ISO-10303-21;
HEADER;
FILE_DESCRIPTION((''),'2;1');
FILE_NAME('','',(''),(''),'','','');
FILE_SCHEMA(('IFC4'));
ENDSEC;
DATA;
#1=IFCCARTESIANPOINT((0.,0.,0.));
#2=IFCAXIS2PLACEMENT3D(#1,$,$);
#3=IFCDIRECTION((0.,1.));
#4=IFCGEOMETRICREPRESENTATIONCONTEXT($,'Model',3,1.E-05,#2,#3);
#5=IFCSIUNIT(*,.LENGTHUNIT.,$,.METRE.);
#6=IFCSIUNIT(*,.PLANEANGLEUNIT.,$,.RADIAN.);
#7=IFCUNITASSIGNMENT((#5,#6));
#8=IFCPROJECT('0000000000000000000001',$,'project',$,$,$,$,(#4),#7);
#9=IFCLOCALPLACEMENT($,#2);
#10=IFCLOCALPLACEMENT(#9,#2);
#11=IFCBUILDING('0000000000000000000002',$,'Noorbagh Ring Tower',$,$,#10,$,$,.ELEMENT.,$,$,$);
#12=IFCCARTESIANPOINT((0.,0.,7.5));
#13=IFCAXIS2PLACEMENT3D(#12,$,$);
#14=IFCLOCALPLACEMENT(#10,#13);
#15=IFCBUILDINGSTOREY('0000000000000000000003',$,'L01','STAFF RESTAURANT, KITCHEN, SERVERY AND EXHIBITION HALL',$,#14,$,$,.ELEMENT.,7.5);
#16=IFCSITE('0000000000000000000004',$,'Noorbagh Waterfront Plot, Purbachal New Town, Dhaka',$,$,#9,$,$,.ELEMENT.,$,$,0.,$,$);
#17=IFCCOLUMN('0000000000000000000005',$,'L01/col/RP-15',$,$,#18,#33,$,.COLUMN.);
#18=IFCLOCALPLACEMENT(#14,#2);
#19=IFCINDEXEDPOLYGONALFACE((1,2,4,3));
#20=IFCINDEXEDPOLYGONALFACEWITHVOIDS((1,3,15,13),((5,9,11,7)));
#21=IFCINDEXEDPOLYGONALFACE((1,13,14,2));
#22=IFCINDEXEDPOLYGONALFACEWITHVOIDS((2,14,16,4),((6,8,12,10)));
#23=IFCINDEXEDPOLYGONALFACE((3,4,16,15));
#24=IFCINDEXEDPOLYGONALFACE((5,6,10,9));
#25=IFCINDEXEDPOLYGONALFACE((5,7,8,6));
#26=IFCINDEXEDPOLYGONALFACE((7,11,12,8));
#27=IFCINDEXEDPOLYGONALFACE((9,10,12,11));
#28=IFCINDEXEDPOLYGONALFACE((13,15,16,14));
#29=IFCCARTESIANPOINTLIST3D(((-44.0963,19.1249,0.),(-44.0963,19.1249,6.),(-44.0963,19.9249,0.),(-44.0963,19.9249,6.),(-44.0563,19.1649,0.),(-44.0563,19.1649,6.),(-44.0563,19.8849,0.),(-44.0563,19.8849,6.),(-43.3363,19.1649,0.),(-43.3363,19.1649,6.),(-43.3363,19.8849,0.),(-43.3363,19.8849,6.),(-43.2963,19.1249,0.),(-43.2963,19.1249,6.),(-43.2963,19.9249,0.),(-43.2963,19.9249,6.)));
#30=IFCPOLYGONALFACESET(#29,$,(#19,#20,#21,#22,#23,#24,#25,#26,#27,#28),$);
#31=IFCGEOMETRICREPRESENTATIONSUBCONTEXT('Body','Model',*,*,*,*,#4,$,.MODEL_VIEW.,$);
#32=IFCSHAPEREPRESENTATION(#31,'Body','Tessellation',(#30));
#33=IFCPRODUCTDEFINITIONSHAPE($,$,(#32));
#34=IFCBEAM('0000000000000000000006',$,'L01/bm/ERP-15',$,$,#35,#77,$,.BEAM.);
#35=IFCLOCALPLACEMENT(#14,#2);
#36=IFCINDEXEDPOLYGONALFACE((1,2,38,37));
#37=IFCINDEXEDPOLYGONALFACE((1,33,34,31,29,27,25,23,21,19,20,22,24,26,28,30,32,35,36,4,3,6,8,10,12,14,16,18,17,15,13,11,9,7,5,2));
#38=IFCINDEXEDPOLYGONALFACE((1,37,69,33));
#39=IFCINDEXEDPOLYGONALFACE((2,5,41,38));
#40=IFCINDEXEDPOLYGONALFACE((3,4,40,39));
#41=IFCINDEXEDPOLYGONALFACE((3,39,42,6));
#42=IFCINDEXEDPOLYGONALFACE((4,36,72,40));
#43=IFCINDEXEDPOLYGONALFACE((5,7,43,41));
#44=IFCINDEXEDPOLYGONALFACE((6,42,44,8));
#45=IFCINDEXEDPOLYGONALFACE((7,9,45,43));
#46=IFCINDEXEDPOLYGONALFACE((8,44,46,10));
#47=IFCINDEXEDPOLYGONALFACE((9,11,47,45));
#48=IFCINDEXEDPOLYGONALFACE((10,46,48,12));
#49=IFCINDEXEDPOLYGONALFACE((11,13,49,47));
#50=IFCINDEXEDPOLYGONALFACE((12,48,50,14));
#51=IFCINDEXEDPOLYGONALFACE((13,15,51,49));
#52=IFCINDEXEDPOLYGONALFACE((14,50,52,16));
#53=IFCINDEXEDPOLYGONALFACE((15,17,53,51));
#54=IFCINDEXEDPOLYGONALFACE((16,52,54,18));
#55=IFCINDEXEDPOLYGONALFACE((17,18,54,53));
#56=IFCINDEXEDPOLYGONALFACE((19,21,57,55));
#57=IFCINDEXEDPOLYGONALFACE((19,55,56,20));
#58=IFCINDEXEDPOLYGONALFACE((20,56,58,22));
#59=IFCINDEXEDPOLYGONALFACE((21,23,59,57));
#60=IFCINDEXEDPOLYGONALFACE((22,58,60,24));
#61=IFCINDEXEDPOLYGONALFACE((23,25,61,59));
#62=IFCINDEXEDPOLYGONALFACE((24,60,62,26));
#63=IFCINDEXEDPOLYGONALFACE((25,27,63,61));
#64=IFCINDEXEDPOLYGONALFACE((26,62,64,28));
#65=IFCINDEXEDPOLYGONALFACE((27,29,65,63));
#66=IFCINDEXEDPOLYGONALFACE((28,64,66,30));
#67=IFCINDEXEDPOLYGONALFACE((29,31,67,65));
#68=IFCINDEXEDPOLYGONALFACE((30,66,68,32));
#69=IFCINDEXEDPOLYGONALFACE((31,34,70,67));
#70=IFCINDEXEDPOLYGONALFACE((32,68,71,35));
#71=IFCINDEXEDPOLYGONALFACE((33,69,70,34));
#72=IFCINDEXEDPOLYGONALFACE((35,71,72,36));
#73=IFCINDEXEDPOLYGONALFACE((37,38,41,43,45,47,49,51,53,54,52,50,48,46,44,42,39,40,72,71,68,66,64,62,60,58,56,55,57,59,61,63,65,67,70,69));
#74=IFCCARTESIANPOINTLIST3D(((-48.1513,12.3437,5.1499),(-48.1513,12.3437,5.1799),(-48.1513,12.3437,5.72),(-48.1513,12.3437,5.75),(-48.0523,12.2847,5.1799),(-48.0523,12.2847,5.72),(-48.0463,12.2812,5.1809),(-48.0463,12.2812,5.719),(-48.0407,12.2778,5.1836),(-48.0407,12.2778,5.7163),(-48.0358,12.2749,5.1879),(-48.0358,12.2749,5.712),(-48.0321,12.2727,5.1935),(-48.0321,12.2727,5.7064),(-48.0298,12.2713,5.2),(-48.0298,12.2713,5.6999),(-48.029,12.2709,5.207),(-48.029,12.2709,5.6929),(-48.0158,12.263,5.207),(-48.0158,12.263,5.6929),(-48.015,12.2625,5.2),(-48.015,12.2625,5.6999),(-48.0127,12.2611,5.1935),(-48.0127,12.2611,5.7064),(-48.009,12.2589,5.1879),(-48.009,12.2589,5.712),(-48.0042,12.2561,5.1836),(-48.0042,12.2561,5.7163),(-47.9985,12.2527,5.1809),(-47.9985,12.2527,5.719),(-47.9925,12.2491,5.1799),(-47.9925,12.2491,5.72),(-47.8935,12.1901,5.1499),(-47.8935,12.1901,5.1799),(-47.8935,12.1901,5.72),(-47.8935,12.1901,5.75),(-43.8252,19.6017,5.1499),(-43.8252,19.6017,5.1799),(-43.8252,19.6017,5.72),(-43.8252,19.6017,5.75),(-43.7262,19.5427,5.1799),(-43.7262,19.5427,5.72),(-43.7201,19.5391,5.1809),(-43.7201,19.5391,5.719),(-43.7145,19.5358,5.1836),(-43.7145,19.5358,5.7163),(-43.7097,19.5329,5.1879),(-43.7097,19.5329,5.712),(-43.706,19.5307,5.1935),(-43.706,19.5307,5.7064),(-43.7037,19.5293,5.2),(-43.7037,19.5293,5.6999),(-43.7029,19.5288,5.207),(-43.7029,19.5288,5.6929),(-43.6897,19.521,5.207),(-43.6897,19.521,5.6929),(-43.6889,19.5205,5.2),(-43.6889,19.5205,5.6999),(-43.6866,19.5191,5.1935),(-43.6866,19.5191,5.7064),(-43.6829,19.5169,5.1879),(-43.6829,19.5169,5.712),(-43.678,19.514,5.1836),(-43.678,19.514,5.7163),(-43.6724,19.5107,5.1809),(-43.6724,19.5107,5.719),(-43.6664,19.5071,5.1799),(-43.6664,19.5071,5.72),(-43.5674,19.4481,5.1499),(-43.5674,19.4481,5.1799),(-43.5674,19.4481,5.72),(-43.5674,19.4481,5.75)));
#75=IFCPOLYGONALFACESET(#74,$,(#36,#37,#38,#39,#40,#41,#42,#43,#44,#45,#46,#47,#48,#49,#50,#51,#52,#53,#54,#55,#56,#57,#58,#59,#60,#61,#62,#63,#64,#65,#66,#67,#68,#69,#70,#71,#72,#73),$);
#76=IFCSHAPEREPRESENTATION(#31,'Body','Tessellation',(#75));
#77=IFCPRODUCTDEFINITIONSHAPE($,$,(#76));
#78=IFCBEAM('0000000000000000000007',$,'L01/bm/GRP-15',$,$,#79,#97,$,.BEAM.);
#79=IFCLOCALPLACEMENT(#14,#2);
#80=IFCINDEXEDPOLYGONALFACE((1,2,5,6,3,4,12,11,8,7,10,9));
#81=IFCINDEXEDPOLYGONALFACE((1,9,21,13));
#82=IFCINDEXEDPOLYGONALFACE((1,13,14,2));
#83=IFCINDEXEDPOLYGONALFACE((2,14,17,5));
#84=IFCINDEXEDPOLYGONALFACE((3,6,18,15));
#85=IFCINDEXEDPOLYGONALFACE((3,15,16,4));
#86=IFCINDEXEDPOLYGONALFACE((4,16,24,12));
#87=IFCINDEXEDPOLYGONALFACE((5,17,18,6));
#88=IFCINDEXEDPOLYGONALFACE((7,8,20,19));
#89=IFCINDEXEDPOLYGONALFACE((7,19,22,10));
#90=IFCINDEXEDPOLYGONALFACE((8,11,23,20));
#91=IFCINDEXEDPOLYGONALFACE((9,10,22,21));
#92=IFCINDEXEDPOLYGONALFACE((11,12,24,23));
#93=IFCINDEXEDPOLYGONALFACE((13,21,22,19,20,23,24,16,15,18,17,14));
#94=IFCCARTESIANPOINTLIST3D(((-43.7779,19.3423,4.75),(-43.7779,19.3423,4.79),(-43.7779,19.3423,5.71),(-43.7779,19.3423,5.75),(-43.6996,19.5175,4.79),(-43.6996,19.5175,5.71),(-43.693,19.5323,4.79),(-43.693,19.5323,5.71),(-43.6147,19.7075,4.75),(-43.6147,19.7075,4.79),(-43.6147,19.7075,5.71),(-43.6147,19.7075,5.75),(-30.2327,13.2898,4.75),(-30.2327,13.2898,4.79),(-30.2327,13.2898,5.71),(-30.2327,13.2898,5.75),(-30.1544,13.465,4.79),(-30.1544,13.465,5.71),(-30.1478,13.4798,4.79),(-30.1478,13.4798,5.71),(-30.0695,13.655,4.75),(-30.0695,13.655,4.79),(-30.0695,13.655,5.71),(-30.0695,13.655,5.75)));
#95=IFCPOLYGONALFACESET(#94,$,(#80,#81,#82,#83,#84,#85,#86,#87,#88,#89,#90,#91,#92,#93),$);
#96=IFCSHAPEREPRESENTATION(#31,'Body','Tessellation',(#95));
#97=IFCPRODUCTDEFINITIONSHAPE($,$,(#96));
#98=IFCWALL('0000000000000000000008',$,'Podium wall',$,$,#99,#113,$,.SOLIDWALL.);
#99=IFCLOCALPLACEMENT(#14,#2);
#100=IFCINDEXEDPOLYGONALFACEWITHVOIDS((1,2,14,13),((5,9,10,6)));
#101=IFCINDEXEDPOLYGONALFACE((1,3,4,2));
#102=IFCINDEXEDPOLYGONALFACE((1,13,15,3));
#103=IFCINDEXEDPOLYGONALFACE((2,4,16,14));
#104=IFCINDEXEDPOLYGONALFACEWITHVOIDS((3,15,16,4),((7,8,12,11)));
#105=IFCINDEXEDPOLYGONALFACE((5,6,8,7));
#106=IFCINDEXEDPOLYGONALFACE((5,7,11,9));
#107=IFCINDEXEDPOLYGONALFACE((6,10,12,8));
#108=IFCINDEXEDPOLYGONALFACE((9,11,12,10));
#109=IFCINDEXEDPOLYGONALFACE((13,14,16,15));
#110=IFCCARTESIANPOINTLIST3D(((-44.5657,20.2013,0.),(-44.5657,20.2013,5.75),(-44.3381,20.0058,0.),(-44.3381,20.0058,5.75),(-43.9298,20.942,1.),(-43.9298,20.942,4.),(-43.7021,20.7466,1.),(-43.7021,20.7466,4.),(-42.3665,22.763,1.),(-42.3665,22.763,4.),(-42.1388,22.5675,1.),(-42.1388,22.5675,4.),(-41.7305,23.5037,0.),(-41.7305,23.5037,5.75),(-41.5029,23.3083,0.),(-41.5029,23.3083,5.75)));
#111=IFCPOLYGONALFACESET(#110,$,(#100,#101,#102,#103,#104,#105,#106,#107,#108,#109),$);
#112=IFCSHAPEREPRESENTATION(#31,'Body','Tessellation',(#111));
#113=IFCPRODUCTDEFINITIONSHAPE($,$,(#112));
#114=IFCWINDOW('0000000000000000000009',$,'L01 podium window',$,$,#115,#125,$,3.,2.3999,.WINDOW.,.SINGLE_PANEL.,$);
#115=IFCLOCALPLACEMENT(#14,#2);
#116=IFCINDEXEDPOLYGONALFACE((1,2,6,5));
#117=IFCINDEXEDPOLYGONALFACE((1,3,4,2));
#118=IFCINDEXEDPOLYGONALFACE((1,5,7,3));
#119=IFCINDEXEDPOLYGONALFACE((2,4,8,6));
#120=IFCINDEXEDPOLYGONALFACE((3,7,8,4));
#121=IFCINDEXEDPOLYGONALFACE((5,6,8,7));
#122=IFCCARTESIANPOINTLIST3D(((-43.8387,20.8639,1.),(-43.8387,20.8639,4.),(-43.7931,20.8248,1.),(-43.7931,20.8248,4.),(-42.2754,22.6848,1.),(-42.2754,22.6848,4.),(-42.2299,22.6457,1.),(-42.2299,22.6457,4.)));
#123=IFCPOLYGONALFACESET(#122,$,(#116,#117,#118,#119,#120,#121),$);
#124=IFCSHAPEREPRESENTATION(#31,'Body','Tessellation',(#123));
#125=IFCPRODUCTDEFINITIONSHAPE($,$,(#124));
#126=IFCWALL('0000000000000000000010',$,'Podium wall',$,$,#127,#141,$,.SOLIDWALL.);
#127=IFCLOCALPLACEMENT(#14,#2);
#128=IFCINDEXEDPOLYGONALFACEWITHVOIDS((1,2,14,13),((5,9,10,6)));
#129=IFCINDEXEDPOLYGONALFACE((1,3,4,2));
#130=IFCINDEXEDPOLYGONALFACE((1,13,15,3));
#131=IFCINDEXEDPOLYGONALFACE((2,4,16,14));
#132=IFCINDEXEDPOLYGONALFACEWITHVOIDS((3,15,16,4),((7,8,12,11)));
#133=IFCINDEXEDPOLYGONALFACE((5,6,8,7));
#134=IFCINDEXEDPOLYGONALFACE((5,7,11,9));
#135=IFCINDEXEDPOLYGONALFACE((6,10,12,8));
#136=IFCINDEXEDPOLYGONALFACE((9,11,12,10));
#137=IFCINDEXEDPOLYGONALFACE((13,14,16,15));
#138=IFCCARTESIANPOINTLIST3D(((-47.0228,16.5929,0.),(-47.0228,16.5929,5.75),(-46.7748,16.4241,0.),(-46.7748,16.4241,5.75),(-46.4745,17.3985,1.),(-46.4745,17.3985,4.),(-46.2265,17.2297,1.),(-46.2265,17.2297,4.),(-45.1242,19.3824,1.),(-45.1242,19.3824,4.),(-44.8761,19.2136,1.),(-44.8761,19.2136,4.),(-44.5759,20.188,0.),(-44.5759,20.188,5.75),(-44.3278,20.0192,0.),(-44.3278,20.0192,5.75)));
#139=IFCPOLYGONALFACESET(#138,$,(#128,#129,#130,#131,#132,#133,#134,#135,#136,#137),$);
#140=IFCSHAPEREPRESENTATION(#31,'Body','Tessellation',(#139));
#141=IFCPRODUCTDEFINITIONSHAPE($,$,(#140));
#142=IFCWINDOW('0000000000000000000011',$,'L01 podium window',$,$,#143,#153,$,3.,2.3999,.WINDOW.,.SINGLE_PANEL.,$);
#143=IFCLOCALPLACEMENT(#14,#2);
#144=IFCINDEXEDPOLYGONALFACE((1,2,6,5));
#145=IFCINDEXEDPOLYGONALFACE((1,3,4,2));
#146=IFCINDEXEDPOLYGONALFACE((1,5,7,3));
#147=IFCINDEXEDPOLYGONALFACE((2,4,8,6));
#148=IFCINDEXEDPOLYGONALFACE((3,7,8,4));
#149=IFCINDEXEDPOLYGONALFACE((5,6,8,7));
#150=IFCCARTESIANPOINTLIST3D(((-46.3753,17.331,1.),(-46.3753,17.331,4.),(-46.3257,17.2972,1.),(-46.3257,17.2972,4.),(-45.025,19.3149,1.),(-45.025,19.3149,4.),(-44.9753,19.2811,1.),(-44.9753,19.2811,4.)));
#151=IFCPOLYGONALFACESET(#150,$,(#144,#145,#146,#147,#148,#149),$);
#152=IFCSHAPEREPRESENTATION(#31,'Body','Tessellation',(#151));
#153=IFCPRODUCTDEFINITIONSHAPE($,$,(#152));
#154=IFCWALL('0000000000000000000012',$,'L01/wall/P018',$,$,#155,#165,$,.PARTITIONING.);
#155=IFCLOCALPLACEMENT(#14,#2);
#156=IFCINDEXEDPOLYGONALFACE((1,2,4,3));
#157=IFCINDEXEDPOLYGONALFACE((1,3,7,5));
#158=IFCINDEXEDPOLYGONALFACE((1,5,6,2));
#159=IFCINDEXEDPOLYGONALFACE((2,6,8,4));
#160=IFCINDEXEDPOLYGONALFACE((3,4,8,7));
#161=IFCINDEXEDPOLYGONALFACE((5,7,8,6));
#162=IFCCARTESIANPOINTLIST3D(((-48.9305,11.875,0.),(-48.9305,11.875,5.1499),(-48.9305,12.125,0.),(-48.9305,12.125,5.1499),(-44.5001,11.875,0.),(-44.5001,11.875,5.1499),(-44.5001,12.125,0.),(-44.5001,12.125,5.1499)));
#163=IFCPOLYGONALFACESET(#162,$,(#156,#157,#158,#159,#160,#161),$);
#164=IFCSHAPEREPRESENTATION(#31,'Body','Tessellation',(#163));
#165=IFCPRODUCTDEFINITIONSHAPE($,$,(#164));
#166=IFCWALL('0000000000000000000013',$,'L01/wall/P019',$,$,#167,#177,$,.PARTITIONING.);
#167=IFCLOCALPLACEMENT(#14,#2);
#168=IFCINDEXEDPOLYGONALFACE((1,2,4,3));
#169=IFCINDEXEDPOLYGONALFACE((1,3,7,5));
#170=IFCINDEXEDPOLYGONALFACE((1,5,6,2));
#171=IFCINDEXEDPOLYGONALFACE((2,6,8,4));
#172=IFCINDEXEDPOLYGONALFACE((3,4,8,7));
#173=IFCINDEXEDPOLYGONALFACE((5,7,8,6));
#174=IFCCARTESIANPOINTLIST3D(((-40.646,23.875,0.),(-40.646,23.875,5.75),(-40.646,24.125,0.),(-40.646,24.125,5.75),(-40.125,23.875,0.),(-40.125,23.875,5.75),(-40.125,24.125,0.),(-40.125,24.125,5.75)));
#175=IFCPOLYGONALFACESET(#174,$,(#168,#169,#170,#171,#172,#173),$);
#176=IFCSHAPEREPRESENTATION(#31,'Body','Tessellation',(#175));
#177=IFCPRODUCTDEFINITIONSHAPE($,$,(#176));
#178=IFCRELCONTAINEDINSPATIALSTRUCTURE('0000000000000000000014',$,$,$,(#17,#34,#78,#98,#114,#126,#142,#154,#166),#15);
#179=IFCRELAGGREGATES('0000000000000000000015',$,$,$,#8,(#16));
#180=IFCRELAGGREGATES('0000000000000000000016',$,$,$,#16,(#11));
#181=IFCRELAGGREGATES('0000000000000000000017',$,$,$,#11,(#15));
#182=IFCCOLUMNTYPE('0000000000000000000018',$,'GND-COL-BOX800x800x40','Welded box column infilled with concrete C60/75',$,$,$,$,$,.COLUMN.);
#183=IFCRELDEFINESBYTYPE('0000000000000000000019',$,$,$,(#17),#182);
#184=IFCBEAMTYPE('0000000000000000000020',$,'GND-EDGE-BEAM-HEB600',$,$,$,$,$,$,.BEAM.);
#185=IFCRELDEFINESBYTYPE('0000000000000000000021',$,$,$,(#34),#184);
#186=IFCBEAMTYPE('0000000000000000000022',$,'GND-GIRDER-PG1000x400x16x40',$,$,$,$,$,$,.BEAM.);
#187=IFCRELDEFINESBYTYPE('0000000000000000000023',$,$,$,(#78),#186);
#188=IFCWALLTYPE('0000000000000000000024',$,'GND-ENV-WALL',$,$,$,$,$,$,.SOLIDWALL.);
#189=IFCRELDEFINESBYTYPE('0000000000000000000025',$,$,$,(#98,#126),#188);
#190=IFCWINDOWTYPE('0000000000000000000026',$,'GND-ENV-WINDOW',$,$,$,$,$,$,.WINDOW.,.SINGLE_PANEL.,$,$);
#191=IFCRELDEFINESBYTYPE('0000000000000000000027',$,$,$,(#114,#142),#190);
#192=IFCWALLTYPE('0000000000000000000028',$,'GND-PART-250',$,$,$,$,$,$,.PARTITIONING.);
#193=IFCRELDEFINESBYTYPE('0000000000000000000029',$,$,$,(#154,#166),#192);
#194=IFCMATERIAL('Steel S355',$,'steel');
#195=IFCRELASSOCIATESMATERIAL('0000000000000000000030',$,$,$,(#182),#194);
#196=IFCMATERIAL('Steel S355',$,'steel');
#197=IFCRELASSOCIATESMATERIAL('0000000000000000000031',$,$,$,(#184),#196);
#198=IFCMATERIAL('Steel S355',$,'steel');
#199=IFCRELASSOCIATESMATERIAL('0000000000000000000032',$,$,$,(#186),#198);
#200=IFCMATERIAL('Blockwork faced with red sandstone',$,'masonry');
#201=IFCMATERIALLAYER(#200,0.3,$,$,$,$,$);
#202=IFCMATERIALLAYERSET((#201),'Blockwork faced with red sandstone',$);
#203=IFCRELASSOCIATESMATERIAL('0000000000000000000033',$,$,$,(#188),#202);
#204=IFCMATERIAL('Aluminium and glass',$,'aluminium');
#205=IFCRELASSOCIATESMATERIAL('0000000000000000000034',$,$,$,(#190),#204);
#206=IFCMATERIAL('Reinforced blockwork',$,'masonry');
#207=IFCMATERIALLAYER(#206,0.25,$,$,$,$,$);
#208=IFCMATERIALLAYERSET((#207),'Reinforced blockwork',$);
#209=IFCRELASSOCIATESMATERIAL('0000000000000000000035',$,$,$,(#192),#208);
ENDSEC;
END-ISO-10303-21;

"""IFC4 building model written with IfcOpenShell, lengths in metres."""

from ifc_helpers import new_model, si_unit, direction, frame, frame_2d, origin, origin_2d, place, context, subcontext, project, spatial, rectangle, hollow_rectangle, i_section, extrude, material, layer, layer_set, material_profile, profile_set, type_object, element, fill, save


model = new_model("IFC4")

# Units and contexts
model_context = context("Model", 3, precision=1e-05, world=origin(), true_north=direction((0.0, 1.0)))
body_context = subcontext(model_context, "Body", "Model", "MODEL_VIEW")
ifc_project = project(units=[si_unit("LENGTHUNIT", "METRE"), si_unit("PLANEANGLEUNIT", "RADIAN")], contexts=[model_context])

# Site, building, storey
site_placement = place(None, origin())
site = spatial("IfcSite", under=ifc_project, at=site_placement, Name="Noorbagh Waterfront Plot, Purbachal New Town, Dhaka", CompositionType="ELEMENT", RefElevation=0.0)
building_placement = place(site_placement, origin())
building = spatial("IfcBuilding", under=site, at=building_placement, Name="Noorbagh Ring Tower", CompositionType="ELEMENT")
storey_placement = place(building_placement, frame((0.0, 0.0, 7.5)))
storey = spatial("IfcBuildingStorey", under=building, at=storey_placement, Name="L01", Description="STAFF RESTAURANT, KITCHEN, SERVERY AND EXHIBITION HALL", CompositionType="ELEMENT", Elevation=7.5)

# Column
ifc_material_1 = material(Name="Steel S355", Category="steel")
ifc_material_profile_1 = material_profile(ifc_material_1, hollow_rectangle(XDim=0.8, YDim=0.8, WallThickness=0.04, at=origin_2d()), Name="BOX800x800x40")
ifc_profile_set_1 = profile_set([ifc_material_profile_1], Name="Steel S355")
column_type = type_object("IfcColumnType", Name="GND-COL-BOX800x800x40", Description="Welded box column infilled with concrete C60/75", PredefinedType="COLUMN", material=ifc_profile_set_1)
column_placement = place(storey_placement, frame((-43.6963, 19.5249, 0.0), z_axis=(0.0, 0.0, 1.0), x_axis=(1.0, 0.0, 0.0)))
element("IfcColumn", 1, at=column_placement, inside=storey, type_object=column_type, Name="L01/col/RP-15", PredefinedType="COLUMN", context=body_context, shape_type="SweptSolid", body=[
    extrude(hollow_rectangle(XDim=0.8, YDim=0.8, WallThickness=0.04, at=origin_2d()), origin(), (0.0, 0.0, 1.0), 6.0),
])

# Beams
ifc_material_2 = material(Name="Steel S355", Category="steel")
ifc_material_profile_2 = material_profile(ifc_material_2, i_section(OverallWidth=0.3, OverallDepth=0.6001, WebThickness=0.0154, FlangeThickness=0.03, FilletRadius=0.0271, at=origin_2d()), Name="HEB600")
ifc_profile_set_2 = profile_set([ifc_material_profile_2], Name="Steel S355")
beam_type_1 = type_object("IfcBeamType", Name="GND-EDGE-BEAM-HEB600", PredefinedType="BEAM", material=ifc_profile_set_2)
beam_1_placement = place(storey_placement, frame((-43.6963, 19.5249, 5.45), z_axis=(-0.511999, -0.858986, 0.0), x_axis=(0.858986, -0.511999, 0.0)))
element("IfcBeam", 2, at=beam_1_placement, inside=storey, type_object=beam_type_1, Name="L01/bm/ERP-15", PredefinedType="BEAM", context=body_context, shape_type="SweptSolid", body=[
    extrude(i_section(OverallWidth=0.3, OverallDepth=0.6001, WebThickness=0.0154, FlangeThickness=0.03, FilletRadius=0.0271, at=origin_2d()), origin(), (0.0, 0.0, 1.0), 8.4495),
])
ifc_material_3 = material(Name="Steel S355", Category="steel")
ifc_material_profile_3 = material_profile(ifc_material_3, i_section(OverallWidth=0.3999, OverallDepth=1.0, WebThickness=0.0161, FlangeThickness=0.04, at=origin_2d()), Name="PG1000x400x16x40")
ifc_profile_set_3 = profile_set([ifc_material_profile_3], Name="Steel S355")
beam_type_2 = type_object("IfcBeamType", Name="GND-GIRDER-PG1000x400x16x40", PredefinedType="BEAM", material=ifc_profile_set_3)
beam_2_placement = place(storey_placement, frame((-43.6963, 19.5249, 5.25), z_axis=(0.912999, -0.407962, 0.0), x_axis=(0.407962, 0.912999, 0.0)))
element("IfcBeam", 3, at=beam_2_placement, inside=storey, type_object=beam_type_2, Name="L01/bm/GRP-15", PredefinedType="BEAM", context=body_context, shape_type="SweptSolid", body=[
    extrude(i_section(OverallWidth=0.3999, OverallDepth=1.0, WebThickness=0.0161, FlangeThickness=0.04, at=origin_2d()), origin(), (0.0, 0.0, 1.0), 14.8359),
])

# Walls, openings, windows
ifc_material_4 = material(Name="Blockwork faced with red sandstone", Category="masonry")
ifc_layer_1 = layer(ifc_material_4, 0.3)
ifc_layer_set_1 = layer_set([ifc_layer_1], Name="Blockwork faced with red sandstone")
wall_type_1 = type_object("IfcWallType", Name="GND-ENV-WALL", PredefinedType="SOLIDWALL", material=ifc_layer_set_1)
wall_1_placement = place(storey_placement, frame((-41.6167, 23.406, 0.0), z_axis=(0.0, 0.0, 1.0), x_axis=(-0.651387, -0.758746, 0.0)))
wall_1 = element("IfcWall", 4, at=wall_1_placement, inside=storey, type_object=wall_type_1, Name="Podium wall", PredefinedType="SOLIDWALL", context=body_context, shape_type="SweptSolid", body=[
    extrude(rectangle(XDim=4.3525, YDim=0.3, at=frame_2d((2.1763, 0.0))), origin(), (0.0, 0.0, 1.0), 5.75),
])
opening_1_placement = place(wall_1_placement, frame((0.9763, 0.0, 1.0)))
opening_1 = element("IfcOpeningElement", 5, at=opening_1_placement, cuts=wall_1, PredefinedType="OPENING", context=body_context, shape_type="SweptSolid", body=[
    extrude(rectangle(XDim=2.3999, YDim=3.0, at=frame_2d((1.2, 1.5))), frame((0.0, 0.1602, 0.0), z_axis=(0.0, -1.0, 0.0), x_axis=(1.0, 0.0, 0.0)), (0.0, 0.0, 1.0), 0.3201),
])
ifc_material_5 = material(Name="Aluminium and glass", Category="aluminium")
window_type = type_object("IfcWindowType", Name="GND-ENV-WINDOW", PartitioningType="SINGLE_PANEL", PredefinedType="WINDOW", material=ifc_material_5)
window_1_placement = place(opening_1_placement, origin())
window_1 = element("IfcWindow", 6, at=window_1_placement, inside=storey, type_object=window_type, Name="L01 podium window", OverallHeight=3.0, OverallWidth=2.3999, PartitioningType="SINGLE_PANEL", PredefinedType="WINDOW", context=body_context, shape_type="SweptSolid", body=[
    extrude(rectangle(XDim=2.3999, YDim=3.0, at=frame_2d((1.2, 1.5))), frame((0.0, 0.03, 0.0), z_axis=(0.0, -1.0, 0.0), x_axis=(1.0, 0.0, 0.0)), (0.0, 0.0, 1.0), 0.0601),
])
fill(opening_1, window_1)
wall_2_placement = place(storey_placement, frame((-44.4519, 20.1035, 0.0), z_axis=(0.0, 0.0, 1.0), x_axis=(-0.562668, -0.826683, 0.0)))
wall_2 = element("IfcWall", 7, at=wall_2_placement, inside=storey, type_object=wall_type_1, Name="Podium wall", PredefinedType="SOLIDWALL", context=body_context, shape_type="SweptSolid", body=[
    extrude(rectangle(XDim=4.3489, YDim=0.3, at=frame_2d((2.1743, 0.0))), origin(), (0.0, 0.0, 1.0), 5.75),
])
opening_2_placement = place(wall_2_placement, frame((0.9744, 0.0, 1.0)))
opening_2 = element("IfcOpeningElement", 8, at=opening_2_placement, cuts=wall_2, PredefinedType="OPENING", context=body_context, shape_type="SweptSolid", body=[
    extrude(rectangle(XDim=2.3999, YDim=3.0, at=frame_2d((1.2, 1.5))), frame((0.0, 0.1602, 0.0), z_axis=(0.0, -1.0, 0.0), x_axis=(1.0, 0.0, 0.0)), (0.0, 0.0, 1.0), 0.3201),
])
window_2_placement = place(opening_2_placement, origin())
window_2 = element("IfcWindow", 9, at=window_2_placement, inside=storey, type_object=window_type, Name="L01 podium window", OverallHeight=3.0, OverallWidth=2.3999, PartitioningType="SINGLE_PANEL", PredefinedType="WINDOW", context=body_context, shape_type="SweptSolid", body=[
    extrude(rectangle(XDim=2.3999, YDim=3.0, at=frame_2d((1.2, 1.5))), frame((0.0, 0.03, 0.0), z_axis=(0.0, -1.0, 0.0), x_axis=(1.0, 0.0, 0.0)), (0.0, 0.0, 1.0), 0.0601),
])
fill(opening_2, window_2)

# Walls
ifc_material_6 = material(Name="Reinforced blockwork", Category="masonry")
ifc_layer_2 = layer(ifc_material_6, 0.25)
ifc_layer_set_2 = layer_set([ifc_layer_2], Name="Reinforced blockwork")
wall_type_2 = type_object("IfcWallType", Name="GND-PART-250", PredefinedType="PARTITIONING", material=ifc_layer_set_2)
wall_3_placement = place(storey_placement, frame((-44.5, 12.0, 0.0), z_axis=(0.0, 0.0, 1.0), x_axis=(-1.0, 0.0, 0.0)))
element("IfcWall", 10, at=wall_3_placement, inside=storey, type_object=wall_type_2, Name="L01/wall/P018", PredefinedType="PARTITIONING", context=body_context, shape_type="SweptSolid", body=[
    extrude(rectangle(XDim=4.4304, YDim=0.25, at=frame_2d((2.2153, 0.0))), origin(), (0.0, 0.0, 1.0), 5.1499),
])
wall_4_placement = place(storey_placement, frame((-40.646, 24.0, 0.0), z_axis=(0.0, 0.0, 1.0), x_axis=(1.0, 0.0, 0.0)))
element("IfcWall", 11, at=wall_4_placement, inside=storey, type_object=wall_type_2, Name="L01/wall/P019", PredefinedType="PARTITIONING", context=body_context, shape_type="SweptSolid", body=[
    extrude(rectangle(XDim=0.521, YDim=0.25, at=frame_2d((0.2605, 0.0))), origin(), (0.0, 0.0, 1.0), 5.75),
])

save(model, "model.ifc")
